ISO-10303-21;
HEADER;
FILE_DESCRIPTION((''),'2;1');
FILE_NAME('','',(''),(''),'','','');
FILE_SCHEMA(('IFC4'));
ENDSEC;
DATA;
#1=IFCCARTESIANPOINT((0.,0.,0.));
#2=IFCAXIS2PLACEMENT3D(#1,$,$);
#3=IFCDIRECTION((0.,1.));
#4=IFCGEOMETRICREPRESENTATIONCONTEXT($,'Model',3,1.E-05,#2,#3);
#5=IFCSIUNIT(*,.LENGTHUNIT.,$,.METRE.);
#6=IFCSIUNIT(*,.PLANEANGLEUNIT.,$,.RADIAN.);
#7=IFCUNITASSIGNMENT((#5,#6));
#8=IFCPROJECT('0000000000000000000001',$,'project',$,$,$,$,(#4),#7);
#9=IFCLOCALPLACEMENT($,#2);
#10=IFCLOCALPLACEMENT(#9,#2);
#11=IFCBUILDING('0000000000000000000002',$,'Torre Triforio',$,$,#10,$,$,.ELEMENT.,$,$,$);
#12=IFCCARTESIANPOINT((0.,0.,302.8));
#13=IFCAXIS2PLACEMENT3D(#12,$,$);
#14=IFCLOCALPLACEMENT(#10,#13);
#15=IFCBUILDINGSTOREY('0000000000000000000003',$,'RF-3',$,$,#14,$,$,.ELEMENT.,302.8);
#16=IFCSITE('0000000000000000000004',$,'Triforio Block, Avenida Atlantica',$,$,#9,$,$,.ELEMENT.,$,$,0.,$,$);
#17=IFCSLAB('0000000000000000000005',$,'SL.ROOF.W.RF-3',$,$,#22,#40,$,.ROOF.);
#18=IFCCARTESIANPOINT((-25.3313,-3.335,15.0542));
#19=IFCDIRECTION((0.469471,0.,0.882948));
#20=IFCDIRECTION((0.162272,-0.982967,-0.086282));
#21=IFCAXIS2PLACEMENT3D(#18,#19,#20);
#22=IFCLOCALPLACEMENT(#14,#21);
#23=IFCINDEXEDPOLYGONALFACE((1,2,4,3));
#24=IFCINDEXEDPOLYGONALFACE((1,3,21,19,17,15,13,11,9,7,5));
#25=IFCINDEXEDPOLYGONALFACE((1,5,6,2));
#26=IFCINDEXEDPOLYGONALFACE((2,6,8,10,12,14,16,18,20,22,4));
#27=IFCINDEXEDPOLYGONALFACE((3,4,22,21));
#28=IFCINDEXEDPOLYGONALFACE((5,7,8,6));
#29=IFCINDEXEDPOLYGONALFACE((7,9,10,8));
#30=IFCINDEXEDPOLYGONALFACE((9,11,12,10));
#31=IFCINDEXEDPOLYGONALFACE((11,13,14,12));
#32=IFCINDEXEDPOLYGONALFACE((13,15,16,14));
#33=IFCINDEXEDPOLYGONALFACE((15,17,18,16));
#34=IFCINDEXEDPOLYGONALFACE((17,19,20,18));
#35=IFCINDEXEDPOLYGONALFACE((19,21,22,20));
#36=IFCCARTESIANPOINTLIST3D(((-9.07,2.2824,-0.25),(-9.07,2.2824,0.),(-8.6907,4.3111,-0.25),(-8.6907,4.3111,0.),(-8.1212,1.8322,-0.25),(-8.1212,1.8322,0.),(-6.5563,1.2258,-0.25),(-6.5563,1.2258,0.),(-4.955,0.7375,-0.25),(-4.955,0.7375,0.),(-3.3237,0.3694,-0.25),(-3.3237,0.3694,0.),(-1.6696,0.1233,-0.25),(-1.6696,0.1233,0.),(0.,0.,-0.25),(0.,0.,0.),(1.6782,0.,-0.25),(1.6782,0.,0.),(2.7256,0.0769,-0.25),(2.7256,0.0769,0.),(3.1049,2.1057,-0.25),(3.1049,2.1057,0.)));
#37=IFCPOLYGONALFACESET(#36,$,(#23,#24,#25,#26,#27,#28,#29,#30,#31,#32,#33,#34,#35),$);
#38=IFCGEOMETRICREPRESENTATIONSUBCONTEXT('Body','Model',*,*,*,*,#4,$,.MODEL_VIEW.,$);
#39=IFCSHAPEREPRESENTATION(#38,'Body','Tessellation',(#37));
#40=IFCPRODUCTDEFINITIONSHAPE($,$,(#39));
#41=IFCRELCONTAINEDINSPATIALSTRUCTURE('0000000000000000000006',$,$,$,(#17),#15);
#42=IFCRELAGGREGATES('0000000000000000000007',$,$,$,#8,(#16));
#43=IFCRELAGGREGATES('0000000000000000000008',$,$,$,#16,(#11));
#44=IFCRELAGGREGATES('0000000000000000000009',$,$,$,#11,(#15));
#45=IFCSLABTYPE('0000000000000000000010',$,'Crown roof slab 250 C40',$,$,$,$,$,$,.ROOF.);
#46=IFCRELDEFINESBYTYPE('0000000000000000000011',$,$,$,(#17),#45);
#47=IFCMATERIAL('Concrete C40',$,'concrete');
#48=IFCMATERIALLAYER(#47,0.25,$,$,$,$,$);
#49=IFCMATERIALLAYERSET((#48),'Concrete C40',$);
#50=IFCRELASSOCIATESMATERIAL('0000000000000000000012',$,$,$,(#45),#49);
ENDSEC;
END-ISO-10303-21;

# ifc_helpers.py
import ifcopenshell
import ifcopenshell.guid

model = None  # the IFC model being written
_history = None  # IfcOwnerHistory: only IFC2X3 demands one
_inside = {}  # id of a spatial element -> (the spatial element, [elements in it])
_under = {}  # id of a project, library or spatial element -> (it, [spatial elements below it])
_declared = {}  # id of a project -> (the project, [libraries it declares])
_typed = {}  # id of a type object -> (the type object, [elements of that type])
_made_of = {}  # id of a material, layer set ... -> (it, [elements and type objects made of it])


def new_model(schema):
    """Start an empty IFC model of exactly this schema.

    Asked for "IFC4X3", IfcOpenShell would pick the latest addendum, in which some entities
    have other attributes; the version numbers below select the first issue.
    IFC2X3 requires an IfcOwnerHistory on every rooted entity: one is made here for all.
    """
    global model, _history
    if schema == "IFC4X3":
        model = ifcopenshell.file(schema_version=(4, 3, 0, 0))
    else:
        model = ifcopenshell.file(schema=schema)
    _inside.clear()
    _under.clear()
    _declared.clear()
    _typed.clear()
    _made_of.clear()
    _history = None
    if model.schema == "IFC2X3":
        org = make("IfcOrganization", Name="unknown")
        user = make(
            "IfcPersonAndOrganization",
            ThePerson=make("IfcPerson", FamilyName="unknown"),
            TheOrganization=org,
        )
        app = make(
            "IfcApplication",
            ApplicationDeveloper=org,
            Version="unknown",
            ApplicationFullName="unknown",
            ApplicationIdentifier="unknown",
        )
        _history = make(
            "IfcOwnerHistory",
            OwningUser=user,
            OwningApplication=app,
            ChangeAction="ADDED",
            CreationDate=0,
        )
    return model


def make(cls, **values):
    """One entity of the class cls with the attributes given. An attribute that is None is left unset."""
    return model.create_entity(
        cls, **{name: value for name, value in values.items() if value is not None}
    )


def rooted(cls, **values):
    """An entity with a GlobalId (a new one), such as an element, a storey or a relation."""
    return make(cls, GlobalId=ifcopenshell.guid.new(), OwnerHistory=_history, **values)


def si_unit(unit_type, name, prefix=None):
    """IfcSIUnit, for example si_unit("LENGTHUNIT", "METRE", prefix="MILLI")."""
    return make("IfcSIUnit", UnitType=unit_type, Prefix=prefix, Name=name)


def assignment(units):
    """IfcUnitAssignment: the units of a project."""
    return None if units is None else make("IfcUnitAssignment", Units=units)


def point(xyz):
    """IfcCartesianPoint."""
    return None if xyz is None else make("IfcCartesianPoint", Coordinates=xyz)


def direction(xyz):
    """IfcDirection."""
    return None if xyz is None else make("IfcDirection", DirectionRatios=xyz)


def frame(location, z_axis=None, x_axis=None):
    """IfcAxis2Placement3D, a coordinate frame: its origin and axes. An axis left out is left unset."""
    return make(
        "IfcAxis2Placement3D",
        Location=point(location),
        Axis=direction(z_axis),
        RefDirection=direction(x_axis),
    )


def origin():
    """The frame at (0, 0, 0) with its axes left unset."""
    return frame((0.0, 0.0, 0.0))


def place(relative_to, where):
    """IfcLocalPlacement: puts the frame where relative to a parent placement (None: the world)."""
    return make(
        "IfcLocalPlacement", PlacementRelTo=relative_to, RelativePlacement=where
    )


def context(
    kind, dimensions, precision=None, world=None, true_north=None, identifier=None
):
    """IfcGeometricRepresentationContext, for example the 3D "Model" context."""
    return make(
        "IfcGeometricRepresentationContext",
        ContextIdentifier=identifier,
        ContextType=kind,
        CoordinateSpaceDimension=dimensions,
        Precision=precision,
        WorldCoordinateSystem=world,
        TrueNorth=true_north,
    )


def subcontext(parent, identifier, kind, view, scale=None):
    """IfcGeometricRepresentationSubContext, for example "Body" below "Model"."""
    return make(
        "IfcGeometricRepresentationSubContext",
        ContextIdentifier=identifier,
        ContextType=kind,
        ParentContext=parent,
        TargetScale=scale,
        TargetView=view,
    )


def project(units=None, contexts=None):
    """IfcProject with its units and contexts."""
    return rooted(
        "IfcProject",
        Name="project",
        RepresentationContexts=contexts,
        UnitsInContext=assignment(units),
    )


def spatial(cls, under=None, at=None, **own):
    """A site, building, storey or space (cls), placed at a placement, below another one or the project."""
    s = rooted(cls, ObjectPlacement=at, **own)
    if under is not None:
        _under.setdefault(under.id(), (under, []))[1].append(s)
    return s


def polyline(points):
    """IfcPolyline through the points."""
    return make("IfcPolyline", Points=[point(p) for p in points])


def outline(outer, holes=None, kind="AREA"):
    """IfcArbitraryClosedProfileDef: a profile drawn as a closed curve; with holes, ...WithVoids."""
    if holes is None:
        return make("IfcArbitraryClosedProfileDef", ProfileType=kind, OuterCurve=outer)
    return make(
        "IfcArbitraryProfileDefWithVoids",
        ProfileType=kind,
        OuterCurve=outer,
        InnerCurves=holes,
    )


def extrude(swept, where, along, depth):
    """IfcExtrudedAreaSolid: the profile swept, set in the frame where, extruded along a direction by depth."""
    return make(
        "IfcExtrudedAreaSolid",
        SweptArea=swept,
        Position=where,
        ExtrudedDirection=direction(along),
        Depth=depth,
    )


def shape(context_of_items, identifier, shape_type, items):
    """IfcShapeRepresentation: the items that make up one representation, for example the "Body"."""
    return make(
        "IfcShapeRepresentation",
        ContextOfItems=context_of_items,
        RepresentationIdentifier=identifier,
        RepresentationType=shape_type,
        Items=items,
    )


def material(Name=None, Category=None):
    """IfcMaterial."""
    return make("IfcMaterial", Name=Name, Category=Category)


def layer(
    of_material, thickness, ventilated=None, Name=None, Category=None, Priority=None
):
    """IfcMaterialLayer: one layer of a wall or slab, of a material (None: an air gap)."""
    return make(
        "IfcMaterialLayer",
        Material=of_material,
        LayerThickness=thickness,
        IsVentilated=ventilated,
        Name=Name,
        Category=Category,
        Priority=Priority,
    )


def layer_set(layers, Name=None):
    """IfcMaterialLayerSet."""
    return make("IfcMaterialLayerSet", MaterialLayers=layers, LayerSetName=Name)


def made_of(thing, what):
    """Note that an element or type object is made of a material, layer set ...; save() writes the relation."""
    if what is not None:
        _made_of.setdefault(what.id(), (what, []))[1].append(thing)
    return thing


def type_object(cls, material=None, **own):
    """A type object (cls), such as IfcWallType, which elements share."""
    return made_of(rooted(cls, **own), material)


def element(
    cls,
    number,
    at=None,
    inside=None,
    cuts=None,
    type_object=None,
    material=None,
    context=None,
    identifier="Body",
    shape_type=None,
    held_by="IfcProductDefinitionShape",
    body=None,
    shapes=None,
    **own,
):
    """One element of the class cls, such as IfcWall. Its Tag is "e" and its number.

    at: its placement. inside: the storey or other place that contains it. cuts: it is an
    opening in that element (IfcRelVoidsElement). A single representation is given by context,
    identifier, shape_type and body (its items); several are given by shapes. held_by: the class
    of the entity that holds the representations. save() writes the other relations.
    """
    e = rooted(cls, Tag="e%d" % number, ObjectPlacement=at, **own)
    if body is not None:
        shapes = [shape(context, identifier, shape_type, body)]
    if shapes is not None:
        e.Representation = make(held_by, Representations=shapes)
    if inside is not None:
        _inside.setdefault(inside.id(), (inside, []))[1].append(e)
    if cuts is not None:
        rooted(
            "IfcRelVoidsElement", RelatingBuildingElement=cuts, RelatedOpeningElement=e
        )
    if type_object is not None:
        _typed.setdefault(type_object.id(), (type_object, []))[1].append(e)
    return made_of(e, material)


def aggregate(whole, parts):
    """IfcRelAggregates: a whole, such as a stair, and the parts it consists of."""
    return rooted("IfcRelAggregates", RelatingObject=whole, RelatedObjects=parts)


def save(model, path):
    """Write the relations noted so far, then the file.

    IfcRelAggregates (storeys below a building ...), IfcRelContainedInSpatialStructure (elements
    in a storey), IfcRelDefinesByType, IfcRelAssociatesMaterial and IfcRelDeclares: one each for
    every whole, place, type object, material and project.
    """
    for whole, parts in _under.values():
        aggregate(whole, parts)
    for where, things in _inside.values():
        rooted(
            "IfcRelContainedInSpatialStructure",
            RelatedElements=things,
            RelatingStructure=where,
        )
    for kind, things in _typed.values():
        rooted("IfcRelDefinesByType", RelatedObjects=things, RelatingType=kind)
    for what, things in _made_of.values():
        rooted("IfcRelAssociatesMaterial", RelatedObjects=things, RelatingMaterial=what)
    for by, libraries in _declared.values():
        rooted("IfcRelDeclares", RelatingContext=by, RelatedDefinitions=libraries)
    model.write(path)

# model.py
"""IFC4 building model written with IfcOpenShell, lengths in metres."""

from ifc_helpers import new_model, si_unit, direction, frame, origin, place, context, subcontext, project, spatial, polyline, outline, extrude, material, layer, layer_set, type_object, element, save


model = new_model("IFC4")

# Units and contexts
model_context = context("Model", 3, precision=1e-05, world=origin(), true_north=direction((0.0, 1.0)))
body_context = subcontext(model_context, "Body", "Model", "MODEL_VIEW")
ifc_project = project(units=[si_unit("LENGTHUNIT", "METRE"), si_unit("PLANEANGLEUNIT", "RADIAN")], contexts=[model_context])

# Site, building, storey
site_placement = place(None, origin())
site = spatial("IfcSite", under=ifc_project, at=site_placement, Name="Triforio Block, Avenida Atlantica", CompositionType="ELEMENT", RefElevation=0.0)
building_placement = place(site_placement, origin())
building = spatial("IfcBuilding", under=site, at=building_placement, Name="Torre Triforio", CompositionType="ELEMENT")
storey_placement = place(building_placement, frame((0.0, 0.0, 302.8)))
storey = spatial("IfcBuildingStorey", under=building, at=storey_placement, Name="RF-3", CompositionType="ELEMENT", Elevation=302.8)

# Shared definitions
ifc_material_1 = material(Name="Concrete C40", Category="concrete")

# Slab
ifc_layer_1 = layer(ifc_material_1, 0.25)
ifc_layer_set_1 = layer_set([ifc_layer_1], Name="Concrete C40")
slab_type_1 = type_object("IfcSlabType", Name="Crown roof slab 250 C40", PredefinedType="ROOF", material=ifc_layer_set_1)
slab_1_placement = place(storey_placement, frame((-25.3313, -3.335, 15.0542), z_axis=(0.469471, 0.0, 0.882948), x_axis=(0.162272, -0.982967, -0.086282)))
element("IfcSlab", 1, at=slab_1_placement, inside=storey, type_object=slab_type_1, Name="SL.ROOF.W.RF-3", PredefinedType="ROOF", context=body_context, shape_type="SweptSolid", body=[
    extrude(outline(polyline([(0.0, 0.0), (1.6782, 0.0), (2.7256, 0.0769), (3.1049, 2.1057), (-8.6907, 4.3111), (-9.07, 2.2824), (-8.1212, 1.8322), (-6.5563, 1.2258), (-4.955, 0.7375), (-3.3237, 0.3694), (-1.6696, 0.1233), (0.0, 0.0)])), origin(), (0.0, 0.0, -1.0), 0.25),
])

save(model, "model.ifc")
